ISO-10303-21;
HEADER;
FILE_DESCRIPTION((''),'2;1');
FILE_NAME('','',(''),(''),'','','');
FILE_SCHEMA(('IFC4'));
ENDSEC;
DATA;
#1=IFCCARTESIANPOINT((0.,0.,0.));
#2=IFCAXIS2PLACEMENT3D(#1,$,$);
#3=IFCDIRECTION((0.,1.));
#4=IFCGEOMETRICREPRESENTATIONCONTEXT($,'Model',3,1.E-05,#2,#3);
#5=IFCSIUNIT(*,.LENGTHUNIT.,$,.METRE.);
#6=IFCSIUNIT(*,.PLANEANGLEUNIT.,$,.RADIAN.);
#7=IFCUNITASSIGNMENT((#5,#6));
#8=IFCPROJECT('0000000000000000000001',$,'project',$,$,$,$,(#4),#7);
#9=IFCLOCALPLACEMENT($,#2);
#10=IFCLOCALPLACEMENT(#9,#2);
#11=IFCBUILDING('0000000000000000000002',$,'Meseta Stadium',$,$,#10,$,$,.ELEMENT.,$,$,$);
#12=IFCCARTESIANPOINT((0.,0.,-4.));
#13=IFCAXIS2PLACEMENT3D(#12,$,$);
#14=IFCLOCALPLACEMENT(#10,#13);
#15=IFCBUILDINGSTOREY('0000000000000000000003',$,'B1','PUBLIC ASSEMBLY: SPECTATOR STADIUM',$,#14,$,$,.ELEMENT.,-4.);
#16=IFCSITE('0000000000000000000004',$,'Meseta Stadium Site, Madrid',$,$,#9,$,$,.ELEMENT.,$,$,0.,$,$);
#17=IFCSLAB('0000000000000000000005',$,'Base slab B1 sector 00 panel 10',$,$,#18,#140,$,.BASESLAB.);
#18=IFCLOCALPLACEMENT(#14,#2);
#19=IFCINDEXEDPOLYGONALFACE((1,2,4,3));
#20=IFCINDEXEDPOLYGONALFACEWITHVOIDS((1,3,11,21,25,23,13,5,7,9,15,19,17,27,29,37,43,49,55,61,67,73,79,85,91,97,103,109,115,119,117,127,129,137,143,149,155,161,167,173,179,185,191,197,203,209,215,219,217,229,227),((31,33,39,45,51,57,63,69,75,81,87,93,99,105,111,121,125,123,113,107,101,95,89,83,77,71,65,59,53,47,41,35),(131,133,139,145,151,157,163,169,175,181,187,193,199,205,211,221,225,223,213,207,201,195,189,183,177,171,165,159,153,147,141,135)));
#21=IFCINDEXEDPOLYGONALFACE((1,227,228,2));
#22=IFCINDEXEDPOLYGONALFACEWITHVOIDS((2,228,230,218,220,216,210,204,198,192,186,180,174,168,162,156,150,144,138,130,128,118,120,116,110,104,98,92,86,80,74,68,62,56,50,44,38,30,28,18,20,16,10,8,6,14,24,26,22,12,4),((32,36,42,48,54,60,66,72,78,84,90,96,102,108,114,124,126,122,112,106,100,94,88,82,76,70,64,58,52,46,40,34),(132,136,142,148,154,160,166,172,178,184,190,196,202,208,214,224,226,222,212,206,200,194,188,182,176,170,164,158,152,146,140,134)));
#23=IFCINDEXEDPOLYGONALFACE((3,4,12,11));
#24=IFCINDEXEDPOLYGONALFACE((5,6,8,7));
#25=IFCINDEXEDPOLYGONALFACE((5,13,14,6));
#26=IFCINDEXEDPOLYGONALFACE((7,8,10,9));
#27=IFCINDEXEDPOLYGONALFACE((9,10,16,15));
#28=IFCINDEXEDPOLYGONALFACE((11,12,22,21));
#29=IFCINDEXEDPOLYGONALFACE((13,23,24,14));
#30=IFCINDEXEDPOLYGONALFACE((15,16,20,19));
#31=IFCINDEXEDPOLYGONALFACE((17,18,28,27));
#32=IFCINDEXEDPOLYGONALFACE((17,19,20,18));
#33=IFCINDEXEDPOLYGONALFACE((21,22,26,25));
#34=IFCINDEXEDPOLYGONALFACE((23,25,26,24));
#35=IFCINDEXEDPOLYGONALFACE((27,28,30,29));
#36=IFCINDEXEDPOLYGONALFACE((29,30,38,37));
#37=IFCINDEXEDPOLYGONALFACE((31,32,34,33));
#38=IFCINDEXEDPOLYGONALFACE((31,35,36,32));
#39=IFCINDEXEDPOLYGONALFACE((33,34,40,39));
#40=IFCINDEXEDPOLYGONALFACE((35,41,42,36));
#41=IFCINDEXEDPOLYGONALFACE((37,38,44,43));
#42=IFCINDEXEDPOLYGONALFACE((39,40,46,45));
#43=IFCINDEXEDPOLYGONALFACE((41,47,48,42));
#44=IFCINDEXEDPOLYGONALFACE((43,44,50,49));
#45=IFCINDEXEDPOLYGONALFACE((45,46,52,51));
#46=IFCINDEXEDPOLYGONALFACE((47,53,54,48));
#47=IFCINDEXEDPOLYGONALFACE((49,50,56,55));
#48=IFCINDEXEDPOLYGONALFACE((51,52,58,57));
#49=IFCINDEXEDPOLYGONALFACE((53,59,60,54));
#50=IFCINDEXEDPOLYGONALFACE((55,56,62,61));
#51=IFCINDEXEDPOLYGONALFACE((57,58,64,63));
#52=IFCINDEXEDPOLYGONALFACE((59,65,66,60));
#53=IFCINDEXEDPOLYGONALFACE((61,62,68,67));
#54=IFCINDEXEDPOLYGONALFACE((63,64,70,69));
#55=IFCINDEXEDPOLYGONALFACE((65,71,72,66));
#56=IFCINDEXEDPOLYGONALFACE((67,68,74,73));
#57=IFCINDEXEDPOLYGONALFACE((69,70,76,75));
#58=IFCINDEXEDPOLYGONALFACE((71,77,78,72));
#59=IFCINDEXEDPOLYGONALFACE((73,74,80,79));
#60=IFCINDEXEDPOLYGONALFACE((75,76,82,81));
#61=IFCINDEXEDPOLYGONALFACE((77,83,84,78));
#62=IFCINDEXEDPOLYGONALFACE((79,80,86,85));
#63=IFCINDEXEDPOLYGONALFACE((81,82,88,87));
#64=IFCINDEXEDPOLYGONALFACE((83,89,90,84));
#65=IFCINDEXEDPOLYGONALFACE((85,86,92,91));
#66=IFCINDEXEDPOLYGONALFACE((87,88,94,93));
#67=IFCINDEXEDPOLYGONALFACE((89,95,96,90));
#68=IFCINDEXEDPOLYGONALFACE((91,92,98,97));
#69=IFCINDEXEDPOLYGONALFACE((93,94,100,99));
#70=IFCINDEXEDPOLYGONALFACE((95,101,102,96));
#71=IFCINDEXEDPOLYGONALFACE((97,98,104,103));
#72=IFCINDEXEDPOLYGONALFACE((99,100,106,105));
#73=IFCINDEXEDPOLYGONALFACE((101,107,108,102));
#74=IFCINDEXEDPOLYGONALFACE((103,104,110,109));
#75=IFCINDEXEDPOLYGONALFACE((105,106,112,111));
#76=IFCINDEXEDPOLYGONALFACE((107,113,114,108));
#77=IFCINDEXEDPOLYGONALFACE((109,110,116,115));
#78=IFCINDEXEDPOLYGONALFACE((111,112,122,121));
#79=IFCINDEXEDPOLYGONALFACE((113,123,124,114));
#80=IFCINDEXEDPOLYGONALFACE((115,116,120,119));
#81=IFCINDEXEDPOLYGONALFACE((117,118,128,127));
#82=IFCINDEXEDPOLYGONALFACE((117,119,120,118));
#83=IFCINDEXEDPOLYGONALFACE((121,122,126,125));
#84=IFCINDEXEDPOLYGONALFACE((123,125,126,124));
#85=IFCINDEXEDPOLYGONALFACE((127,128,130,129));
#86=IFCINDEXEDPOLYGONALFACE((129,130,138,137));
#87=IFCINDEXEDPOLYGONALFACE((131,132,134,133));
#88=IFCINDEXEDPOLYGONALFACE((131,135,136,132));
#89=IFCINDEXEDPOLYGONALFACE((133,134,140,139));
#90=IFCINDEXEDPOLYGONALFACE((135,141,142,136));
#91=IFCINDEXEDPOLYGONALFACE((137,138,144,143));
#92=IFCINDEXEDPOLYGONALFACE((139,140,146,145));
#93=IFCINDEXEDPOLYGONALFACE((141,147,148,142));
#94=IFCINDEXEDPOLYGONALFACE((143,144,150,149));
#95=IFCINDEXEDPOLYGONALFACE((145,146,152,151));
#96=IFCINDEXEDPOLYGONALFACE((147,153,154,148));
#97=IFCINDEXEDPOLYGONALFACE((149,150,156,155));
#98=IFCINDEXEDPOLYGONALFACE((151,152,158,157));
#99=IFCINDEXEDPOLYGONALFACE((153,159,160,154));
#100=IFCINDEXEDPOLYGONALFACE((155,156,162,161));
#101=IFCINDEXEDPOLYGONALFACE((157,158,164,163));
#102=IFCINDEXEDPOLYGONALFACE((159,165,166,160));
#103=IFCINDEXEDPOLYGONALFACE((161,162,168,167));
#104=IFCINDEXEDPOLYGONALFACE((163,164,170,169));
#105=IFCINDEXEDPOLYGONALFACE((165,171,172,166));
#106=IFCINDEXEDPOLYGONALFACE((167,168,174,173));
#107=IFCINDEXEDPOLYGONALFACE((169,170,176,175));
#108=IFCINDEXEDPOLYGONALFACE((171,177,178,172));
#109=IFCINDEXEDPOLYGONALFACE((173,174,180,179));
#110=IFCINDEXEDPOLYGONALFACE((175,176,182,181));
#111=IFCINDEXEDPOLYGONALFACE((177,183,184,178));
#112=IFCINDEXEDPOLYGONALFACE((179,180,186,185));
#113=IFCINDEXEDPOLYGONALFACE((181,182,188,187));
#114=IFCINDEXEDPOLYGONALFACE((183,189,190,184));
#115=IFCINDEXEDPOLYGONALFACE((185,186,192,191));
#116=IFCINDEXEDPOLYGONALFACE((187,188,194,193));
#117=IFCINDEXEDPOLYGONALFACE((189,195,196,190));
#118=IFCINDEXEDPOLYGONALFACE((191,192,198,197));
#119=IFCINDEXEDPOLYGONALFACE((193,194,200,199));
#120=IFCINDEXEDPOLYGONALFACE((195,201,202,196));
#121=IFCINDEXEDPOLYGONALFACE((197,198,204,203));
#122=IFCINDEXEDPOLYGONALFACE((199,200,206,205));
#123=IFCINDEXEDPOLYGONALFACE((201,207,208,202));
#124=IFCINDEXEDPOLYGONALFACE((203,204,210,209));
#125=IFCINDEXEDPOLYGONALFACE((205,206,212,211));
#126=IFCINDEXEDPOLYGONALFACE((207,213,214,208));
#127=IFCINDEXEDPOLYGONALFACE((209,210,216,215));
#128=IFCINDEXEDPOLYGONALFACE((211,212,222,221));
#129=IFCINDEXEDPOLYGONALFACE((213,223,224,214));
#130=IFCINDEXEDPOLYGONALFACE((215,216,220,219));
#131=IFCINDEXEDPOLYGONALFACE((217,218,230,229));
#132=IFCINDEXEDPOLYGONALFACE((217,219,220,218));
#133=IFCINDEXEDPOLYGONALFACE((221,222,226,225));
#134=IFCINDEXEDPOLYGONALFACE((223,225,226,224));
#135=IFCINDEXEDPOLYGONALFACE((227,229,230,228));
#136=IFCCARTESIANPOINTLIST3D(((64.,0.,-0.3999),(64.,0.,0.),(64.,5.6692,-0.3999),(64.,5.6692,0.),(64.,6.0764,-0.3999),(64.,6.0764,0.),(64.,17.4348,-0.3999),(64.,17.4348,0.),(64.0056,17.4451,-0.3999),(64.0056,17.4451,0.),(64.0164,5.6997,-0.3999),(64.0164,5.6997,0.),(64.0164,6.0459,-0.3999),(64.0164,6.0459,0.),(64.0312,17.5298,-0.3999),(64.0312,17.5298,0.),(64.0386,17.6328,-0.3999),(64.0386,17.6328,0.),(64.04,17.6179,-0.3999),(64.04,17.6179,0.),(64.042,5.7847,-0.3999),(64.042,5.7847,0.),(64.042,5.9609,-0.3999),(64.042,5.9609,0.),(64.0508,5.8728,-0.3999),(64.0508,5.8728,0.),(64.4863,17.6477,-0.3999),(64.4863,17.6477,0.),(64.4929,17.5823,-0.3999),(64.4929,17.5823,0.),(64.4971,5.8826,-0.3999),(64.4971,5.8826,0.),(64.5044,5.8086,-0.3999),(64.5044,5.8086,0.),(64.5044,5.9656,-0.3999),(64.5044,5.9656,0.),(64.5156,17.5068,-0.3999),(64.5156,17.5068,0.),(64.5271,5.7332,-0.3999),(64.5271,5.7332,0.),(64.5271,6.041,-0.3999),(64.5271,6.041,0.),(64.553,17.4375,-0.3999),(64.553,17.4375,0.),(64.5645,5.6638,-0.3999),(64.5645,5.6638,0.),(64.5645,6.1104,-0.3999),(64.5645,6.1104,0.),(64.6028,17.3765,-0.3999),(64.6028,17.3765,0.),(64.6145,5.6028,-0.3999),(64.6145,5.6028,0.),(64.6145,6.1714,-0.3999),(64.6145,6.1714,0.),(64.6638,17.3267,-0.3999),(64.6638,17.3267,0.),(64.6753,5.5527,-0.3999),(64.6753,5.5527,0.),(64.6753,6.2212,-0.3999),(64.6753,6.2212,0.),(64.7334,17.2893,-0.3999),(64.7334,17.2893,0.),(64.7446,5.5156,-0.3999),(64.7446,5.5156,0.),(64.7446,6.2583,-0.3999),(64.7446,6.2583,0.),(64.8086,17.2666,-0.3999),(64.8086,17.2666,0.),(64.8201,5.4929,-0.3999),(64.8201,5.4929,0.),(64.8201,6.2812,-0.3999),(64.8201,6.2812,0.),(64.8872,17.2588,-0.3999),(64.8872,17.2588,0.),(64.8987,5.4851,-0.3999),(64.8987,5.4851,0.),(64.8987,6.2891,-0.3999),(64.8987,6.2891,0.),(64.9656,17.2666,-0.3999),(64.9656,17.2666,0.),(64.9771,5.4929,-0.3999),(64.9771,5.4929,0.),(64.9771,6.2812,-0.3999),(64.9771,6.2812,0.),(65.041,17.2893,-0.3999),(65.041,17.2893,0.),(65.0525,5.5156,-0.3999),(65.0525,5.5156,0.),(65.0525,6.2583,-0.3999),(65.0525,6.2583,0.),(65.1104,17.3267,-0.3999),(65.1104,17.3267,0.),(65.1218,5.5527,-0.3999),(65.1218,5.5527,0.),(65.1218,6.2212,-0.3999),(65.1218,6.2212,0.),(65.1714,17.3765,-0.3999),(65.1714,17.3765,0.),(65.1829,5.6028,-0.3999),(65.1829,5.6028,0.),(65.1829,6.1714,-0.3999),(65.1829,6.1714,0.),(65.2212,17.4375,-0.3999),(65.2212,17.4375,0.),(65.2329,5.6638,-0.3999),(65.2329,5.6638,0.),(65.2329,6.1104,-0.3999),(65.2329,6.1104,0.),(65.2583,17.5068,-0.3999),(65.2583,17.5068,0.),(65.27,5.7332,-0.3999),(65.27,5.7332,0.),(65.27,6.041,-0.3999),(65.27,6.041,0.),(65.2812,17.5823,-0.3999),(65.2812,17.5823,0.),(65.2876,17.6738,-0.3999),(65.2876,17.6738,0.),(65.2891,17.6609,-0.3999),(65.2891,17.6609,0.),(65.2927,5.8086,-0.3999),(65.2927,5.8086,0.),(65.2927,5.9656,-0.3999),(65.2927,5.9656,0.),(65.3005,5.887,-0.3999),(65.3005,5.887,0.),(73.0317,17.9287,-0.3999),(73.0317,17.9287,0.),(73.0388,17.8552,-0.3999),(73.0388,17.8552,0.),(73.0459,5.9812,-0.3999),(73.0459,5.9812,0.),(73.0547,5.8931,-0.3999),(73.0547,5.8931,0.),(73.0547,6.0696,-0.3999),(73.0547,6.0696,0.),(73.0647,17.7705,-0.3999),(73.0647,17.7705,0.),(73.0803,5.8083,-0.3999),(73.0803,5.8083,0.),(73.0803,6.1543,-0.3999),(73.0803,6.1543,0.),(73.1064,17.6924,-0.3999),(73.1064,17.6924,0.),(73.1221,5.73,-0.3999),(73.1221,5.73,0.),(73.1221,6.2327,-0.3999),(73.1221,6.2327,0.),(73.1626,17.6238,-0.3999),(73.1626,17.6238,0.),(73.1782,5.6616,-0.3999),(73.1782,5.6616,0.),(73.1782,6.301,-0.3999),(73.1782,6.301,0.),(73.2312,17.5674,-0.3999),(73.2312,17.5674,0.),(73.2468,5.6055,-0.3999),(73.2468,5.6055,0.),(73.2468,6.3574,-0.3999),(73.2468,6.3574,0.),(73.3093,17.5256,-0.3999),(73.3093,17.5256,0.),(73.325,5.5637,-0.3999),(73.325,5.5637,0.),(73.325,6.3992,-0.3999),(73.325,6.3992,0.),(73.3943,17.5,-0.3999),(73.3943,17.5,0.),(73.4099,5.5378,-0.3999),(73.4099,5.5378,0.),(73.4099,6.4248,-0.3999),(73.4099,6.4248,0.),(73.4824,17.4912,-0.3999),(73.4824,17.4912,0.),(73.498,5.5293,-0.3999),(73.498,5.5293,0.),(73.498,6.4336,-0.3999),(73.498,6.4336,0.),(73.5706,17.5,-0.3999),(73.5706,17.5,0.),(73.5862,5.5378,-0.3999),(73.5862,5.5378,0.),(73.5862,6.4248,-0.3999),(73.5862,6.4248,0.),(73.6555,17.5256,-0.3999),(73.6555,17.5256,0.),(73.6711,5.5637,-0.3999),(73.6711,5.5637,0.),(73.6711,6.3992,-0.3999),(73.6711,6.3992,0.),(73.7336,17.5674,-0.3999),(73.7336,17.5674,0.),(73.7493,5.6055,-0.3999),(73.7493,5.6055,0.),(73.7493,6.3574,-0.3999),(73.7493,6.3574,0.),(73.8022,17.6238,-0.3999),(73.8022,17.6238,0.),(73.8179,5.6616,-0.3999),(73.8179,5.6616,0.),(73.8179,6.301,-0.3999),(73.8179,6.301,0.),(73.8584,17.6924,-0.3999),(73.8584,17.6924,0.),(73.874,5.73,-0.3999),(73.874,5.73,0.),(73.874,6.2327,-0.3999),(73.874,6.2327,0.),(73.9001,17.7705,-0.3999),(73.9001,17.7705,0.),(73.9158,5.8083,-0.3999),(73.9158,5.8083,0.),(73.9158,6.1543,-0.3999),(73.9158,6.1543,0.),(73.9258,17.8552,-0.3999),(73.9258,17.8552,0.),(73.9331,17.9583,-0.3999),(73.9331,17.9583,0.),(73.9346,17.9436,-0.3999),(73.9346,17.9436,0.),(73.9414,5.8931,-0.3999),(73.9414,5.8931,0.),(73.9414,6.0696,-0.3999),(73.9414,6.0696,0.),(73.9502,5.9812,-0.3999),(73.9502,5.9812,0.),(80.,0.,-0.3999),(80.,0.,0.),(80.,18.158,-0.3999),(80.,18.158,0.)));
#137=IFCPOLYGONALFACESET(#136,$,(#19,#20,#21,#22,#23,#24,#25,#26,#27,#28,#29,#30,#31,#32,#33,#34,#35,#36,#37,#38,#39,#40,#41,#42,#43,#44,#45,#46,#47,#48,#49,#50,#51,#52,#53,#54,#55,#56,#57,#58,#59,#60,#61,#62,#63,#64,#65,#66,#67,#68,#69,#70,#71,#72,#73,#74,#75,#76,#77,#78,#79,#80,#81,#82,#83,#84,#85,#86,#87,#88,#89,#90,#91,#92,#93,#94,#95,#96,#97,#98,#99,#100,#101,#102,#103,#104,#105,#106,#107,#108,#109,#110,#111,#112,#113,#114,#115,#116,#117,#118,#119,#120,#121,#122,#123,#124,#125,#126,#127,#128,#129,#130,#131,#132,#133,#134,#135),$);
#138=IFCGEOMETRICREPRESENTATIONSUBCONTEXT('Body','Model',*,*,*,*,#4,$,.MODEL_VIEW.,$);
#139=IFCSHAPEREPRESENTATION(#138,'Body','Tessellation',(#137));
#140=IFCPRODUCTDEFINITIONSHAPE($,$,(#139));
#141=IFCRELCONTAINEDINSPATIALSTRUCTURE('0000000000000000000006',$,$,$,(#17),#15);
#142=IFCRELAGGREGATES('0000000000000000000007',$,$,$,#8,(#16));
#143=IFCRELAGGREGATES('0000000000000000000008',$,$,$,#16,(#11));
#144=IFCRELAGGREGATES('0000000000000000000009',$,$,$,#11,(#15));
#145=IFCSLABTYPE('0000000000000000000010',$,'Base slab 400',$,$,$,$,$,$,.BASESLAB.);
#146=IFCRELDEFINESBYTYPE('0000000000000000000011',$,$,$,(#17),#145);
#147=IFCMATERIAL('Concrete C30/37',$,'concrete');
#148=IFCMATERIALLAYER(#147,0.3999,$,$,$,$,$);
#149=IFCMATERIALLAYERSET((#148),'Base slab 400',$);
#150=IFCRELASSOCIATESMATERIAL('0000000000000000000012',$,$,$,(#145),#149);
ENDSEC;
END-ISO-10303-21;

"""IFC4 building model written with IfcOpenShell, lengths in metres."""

from ifc_helpers import new_model, si_unit, direction, frame, origin, place, context, subcontext, project, spatial, polyline, outline, extrude, material, layer, layer_set, type_object, element, save


model = new_model("IFC4")

# Units and contexts
model_context = context("Model", 3, precision=1e-05, world=origin(), true_north=direction((0.0, 1.0)))
body_context = subcontext(model_context, "Body", "Model", "MODEL_VIEW")
ifc_project = project(units=[si_unit("LENGTHUNIT", "METRE"), si_unit("PLANEANGLEUNIT", "RADIAN")], contexts=[model_context])

# Site, building, storey
site_placement = place(None, origin())
site = spatial("IfcSite", under=ifc_project, at=site_placement, Name="Meseta Stadium Site, Madrid", CompositionType="ELEMENT", RefElevation=0.0)
building_placement = place(site_placement, origin())
building = spatial("IfcBuilding", under=site, at=building_placement, Name="Meseta Stadium", CompositionType="ELEMENT")
storey_placement = place(building_placement, frame((0.0, 0.0, -4.0)))
storey = spatial("IfcBuildingStorey", under=building, at=storey_placement, Name="B1", Description="PUBLIC ASSEMBLY: SPECTATOR STADIUM", CompositionType="ELEMENT", Elevation=-4.0)

# Slab
ifc_material_1 = material(Name="Concrete C30/37", Category="concrete")
ifc_layer_1 = layer(ifc_material_1, 0.3999)
ifc_layer_set_1 = layer_set([ifc_layer_1], Name="Base slab 400")
slab_type = type_object("IfcSlabType", Name="Base slab 400", PredefinedType="BASESLAB", material=ifc_layer_set_1)
slab_1_placement = place(storey_placement, frame((0.0, 0.0, -0.3999)))
element("IfcSlab", 1, at=slab_1_placement, inside=storey, type_object=slab_type, Name="Base slab B1 sector 00 panel 10", PredefinedType="BASESLAB", context=body_context, shape_type="SweptSolid", body=[
    extrude(outline(polyline([(64.0312, 17.5298), (64.0056, 17.4451), (64.0, 17.4348), (64.0, 6.0764), (64.0164, 6.0459), (64.042, 5.9609), (64.0508, 5.8728), (64.042, 5.7847), (64.0164, 5.6997), (64.0, 5.6692), (64.0, 0.0), (80.0, 0.0), (80.0, 18.158), (73.9331, 17.9583), (73.9346, 17.9436), (73.9258, 17.8552), (73.9001, 17.7705), (73.8584, 17.6924), (73.8022, 17.6238), (73.7336, 17.5674), (73.6555, 17.5256), (73.5706, 17.5), (73.4824, 17.4912), (73.3943, 17.5), (73.3093, 17.5256), (73.2312, 17.5674), (73.1626, 17.6238), (73.1064, 17.6924), (73.0647, 17.7705), (73.0388, 17.8552), (73.0317, 17.9287), (65.2876, 17.6738), (65.2891, 17.6609), (65.2812, 17.5823), (65.2583, 17.5068), (65.2212, 17.4375), (65.1714, 17.3765), (65.1104, 17.3267), (65.041, 17.2893), (64.9656, 17.2666), (64.8872, 17.2588), (64.8086, 17.2666), (64.7334, 17.2893), (64.6638, 17.3267), (64.6028, 17.3765), (64.553, 17.4375), (64.5156, 17.5068), (64.4929, 17.5823), (64.4863, 17.6477), (64.0386, 17.6328), (64.04, 17.6179), (64.0312, 17.5298)]), holes=[polyline([(73.9158, 6.1543), (73.9414, 6.0696), (73.9502, 5.9812), (73.9414, 5.8931), (73.9158, 5.8083), (73.874, 5.73), (73.8179, 5.6616), (73.7493, 5.6055), (73.6711, 5.5637), (73.5862, 5.5378), (73.498, 5.5293), (73.4099, 5.5378), (73.325, 5.5637), (73.2468, 5.6055), (73.1782, 5.6616), (73.1221, 5.73), (73.0803, 5.8083), (73.0547, 5.8931), (73.0459, 5.9812), (73.0547, 6.0696), (73.0803, 6.1543), (73.1221, 6.2327), (73.1782, 6.301), (73.2468, 6.3574), (73.325, 6.3992), (73.4099, 6.4248), (73.498, 6.4336), (73.5862, 6.4248), (73.6711, 6.3992), (73.7493, 6.3574), (73.8179, 6.301), (73.874, 6.2327), (73.9158, 6.1543)]), polyline([(65.27, 6.041), (65.2927, 5.9656), (65.3005, 5.887), (65.2927, 5.8086), (65.27, 5.7332), (65.2329, 5.6638), (65.1829, 5.6028), (65.1218, 5.5527), (65.0525, 5.5156), (64.9771, 5.4929), (64.8987, 5.4851), (64.8201, 5.4929), (64.7446, 5.5156), (64.6753, 5.5527), (64.6145, 5.6028), (64.5645, 5.6638), (64.5271, 5.7332), (64.5044, 5.8086), (64.4971, 5.8826), (64.5044, 5.9656), (64.5271, 6.041), (64.5645, 6.1104), (64.6145, 6.1714), (64.6753, 6.2212), (64.7446, 6.2583), (64.8201, 6.2812), (64.8987, 6.2891), (64.9771, 6.2812), (65.0525, 6.2583), (65.1218, 6.2212), (65.1829, 6.1714), (65.2329, 6.1104), (65.27, 6.041)])]), origin(), (0.0, 0.0, 1.0), 0.3999),
])

save(model, "model.ifc")
